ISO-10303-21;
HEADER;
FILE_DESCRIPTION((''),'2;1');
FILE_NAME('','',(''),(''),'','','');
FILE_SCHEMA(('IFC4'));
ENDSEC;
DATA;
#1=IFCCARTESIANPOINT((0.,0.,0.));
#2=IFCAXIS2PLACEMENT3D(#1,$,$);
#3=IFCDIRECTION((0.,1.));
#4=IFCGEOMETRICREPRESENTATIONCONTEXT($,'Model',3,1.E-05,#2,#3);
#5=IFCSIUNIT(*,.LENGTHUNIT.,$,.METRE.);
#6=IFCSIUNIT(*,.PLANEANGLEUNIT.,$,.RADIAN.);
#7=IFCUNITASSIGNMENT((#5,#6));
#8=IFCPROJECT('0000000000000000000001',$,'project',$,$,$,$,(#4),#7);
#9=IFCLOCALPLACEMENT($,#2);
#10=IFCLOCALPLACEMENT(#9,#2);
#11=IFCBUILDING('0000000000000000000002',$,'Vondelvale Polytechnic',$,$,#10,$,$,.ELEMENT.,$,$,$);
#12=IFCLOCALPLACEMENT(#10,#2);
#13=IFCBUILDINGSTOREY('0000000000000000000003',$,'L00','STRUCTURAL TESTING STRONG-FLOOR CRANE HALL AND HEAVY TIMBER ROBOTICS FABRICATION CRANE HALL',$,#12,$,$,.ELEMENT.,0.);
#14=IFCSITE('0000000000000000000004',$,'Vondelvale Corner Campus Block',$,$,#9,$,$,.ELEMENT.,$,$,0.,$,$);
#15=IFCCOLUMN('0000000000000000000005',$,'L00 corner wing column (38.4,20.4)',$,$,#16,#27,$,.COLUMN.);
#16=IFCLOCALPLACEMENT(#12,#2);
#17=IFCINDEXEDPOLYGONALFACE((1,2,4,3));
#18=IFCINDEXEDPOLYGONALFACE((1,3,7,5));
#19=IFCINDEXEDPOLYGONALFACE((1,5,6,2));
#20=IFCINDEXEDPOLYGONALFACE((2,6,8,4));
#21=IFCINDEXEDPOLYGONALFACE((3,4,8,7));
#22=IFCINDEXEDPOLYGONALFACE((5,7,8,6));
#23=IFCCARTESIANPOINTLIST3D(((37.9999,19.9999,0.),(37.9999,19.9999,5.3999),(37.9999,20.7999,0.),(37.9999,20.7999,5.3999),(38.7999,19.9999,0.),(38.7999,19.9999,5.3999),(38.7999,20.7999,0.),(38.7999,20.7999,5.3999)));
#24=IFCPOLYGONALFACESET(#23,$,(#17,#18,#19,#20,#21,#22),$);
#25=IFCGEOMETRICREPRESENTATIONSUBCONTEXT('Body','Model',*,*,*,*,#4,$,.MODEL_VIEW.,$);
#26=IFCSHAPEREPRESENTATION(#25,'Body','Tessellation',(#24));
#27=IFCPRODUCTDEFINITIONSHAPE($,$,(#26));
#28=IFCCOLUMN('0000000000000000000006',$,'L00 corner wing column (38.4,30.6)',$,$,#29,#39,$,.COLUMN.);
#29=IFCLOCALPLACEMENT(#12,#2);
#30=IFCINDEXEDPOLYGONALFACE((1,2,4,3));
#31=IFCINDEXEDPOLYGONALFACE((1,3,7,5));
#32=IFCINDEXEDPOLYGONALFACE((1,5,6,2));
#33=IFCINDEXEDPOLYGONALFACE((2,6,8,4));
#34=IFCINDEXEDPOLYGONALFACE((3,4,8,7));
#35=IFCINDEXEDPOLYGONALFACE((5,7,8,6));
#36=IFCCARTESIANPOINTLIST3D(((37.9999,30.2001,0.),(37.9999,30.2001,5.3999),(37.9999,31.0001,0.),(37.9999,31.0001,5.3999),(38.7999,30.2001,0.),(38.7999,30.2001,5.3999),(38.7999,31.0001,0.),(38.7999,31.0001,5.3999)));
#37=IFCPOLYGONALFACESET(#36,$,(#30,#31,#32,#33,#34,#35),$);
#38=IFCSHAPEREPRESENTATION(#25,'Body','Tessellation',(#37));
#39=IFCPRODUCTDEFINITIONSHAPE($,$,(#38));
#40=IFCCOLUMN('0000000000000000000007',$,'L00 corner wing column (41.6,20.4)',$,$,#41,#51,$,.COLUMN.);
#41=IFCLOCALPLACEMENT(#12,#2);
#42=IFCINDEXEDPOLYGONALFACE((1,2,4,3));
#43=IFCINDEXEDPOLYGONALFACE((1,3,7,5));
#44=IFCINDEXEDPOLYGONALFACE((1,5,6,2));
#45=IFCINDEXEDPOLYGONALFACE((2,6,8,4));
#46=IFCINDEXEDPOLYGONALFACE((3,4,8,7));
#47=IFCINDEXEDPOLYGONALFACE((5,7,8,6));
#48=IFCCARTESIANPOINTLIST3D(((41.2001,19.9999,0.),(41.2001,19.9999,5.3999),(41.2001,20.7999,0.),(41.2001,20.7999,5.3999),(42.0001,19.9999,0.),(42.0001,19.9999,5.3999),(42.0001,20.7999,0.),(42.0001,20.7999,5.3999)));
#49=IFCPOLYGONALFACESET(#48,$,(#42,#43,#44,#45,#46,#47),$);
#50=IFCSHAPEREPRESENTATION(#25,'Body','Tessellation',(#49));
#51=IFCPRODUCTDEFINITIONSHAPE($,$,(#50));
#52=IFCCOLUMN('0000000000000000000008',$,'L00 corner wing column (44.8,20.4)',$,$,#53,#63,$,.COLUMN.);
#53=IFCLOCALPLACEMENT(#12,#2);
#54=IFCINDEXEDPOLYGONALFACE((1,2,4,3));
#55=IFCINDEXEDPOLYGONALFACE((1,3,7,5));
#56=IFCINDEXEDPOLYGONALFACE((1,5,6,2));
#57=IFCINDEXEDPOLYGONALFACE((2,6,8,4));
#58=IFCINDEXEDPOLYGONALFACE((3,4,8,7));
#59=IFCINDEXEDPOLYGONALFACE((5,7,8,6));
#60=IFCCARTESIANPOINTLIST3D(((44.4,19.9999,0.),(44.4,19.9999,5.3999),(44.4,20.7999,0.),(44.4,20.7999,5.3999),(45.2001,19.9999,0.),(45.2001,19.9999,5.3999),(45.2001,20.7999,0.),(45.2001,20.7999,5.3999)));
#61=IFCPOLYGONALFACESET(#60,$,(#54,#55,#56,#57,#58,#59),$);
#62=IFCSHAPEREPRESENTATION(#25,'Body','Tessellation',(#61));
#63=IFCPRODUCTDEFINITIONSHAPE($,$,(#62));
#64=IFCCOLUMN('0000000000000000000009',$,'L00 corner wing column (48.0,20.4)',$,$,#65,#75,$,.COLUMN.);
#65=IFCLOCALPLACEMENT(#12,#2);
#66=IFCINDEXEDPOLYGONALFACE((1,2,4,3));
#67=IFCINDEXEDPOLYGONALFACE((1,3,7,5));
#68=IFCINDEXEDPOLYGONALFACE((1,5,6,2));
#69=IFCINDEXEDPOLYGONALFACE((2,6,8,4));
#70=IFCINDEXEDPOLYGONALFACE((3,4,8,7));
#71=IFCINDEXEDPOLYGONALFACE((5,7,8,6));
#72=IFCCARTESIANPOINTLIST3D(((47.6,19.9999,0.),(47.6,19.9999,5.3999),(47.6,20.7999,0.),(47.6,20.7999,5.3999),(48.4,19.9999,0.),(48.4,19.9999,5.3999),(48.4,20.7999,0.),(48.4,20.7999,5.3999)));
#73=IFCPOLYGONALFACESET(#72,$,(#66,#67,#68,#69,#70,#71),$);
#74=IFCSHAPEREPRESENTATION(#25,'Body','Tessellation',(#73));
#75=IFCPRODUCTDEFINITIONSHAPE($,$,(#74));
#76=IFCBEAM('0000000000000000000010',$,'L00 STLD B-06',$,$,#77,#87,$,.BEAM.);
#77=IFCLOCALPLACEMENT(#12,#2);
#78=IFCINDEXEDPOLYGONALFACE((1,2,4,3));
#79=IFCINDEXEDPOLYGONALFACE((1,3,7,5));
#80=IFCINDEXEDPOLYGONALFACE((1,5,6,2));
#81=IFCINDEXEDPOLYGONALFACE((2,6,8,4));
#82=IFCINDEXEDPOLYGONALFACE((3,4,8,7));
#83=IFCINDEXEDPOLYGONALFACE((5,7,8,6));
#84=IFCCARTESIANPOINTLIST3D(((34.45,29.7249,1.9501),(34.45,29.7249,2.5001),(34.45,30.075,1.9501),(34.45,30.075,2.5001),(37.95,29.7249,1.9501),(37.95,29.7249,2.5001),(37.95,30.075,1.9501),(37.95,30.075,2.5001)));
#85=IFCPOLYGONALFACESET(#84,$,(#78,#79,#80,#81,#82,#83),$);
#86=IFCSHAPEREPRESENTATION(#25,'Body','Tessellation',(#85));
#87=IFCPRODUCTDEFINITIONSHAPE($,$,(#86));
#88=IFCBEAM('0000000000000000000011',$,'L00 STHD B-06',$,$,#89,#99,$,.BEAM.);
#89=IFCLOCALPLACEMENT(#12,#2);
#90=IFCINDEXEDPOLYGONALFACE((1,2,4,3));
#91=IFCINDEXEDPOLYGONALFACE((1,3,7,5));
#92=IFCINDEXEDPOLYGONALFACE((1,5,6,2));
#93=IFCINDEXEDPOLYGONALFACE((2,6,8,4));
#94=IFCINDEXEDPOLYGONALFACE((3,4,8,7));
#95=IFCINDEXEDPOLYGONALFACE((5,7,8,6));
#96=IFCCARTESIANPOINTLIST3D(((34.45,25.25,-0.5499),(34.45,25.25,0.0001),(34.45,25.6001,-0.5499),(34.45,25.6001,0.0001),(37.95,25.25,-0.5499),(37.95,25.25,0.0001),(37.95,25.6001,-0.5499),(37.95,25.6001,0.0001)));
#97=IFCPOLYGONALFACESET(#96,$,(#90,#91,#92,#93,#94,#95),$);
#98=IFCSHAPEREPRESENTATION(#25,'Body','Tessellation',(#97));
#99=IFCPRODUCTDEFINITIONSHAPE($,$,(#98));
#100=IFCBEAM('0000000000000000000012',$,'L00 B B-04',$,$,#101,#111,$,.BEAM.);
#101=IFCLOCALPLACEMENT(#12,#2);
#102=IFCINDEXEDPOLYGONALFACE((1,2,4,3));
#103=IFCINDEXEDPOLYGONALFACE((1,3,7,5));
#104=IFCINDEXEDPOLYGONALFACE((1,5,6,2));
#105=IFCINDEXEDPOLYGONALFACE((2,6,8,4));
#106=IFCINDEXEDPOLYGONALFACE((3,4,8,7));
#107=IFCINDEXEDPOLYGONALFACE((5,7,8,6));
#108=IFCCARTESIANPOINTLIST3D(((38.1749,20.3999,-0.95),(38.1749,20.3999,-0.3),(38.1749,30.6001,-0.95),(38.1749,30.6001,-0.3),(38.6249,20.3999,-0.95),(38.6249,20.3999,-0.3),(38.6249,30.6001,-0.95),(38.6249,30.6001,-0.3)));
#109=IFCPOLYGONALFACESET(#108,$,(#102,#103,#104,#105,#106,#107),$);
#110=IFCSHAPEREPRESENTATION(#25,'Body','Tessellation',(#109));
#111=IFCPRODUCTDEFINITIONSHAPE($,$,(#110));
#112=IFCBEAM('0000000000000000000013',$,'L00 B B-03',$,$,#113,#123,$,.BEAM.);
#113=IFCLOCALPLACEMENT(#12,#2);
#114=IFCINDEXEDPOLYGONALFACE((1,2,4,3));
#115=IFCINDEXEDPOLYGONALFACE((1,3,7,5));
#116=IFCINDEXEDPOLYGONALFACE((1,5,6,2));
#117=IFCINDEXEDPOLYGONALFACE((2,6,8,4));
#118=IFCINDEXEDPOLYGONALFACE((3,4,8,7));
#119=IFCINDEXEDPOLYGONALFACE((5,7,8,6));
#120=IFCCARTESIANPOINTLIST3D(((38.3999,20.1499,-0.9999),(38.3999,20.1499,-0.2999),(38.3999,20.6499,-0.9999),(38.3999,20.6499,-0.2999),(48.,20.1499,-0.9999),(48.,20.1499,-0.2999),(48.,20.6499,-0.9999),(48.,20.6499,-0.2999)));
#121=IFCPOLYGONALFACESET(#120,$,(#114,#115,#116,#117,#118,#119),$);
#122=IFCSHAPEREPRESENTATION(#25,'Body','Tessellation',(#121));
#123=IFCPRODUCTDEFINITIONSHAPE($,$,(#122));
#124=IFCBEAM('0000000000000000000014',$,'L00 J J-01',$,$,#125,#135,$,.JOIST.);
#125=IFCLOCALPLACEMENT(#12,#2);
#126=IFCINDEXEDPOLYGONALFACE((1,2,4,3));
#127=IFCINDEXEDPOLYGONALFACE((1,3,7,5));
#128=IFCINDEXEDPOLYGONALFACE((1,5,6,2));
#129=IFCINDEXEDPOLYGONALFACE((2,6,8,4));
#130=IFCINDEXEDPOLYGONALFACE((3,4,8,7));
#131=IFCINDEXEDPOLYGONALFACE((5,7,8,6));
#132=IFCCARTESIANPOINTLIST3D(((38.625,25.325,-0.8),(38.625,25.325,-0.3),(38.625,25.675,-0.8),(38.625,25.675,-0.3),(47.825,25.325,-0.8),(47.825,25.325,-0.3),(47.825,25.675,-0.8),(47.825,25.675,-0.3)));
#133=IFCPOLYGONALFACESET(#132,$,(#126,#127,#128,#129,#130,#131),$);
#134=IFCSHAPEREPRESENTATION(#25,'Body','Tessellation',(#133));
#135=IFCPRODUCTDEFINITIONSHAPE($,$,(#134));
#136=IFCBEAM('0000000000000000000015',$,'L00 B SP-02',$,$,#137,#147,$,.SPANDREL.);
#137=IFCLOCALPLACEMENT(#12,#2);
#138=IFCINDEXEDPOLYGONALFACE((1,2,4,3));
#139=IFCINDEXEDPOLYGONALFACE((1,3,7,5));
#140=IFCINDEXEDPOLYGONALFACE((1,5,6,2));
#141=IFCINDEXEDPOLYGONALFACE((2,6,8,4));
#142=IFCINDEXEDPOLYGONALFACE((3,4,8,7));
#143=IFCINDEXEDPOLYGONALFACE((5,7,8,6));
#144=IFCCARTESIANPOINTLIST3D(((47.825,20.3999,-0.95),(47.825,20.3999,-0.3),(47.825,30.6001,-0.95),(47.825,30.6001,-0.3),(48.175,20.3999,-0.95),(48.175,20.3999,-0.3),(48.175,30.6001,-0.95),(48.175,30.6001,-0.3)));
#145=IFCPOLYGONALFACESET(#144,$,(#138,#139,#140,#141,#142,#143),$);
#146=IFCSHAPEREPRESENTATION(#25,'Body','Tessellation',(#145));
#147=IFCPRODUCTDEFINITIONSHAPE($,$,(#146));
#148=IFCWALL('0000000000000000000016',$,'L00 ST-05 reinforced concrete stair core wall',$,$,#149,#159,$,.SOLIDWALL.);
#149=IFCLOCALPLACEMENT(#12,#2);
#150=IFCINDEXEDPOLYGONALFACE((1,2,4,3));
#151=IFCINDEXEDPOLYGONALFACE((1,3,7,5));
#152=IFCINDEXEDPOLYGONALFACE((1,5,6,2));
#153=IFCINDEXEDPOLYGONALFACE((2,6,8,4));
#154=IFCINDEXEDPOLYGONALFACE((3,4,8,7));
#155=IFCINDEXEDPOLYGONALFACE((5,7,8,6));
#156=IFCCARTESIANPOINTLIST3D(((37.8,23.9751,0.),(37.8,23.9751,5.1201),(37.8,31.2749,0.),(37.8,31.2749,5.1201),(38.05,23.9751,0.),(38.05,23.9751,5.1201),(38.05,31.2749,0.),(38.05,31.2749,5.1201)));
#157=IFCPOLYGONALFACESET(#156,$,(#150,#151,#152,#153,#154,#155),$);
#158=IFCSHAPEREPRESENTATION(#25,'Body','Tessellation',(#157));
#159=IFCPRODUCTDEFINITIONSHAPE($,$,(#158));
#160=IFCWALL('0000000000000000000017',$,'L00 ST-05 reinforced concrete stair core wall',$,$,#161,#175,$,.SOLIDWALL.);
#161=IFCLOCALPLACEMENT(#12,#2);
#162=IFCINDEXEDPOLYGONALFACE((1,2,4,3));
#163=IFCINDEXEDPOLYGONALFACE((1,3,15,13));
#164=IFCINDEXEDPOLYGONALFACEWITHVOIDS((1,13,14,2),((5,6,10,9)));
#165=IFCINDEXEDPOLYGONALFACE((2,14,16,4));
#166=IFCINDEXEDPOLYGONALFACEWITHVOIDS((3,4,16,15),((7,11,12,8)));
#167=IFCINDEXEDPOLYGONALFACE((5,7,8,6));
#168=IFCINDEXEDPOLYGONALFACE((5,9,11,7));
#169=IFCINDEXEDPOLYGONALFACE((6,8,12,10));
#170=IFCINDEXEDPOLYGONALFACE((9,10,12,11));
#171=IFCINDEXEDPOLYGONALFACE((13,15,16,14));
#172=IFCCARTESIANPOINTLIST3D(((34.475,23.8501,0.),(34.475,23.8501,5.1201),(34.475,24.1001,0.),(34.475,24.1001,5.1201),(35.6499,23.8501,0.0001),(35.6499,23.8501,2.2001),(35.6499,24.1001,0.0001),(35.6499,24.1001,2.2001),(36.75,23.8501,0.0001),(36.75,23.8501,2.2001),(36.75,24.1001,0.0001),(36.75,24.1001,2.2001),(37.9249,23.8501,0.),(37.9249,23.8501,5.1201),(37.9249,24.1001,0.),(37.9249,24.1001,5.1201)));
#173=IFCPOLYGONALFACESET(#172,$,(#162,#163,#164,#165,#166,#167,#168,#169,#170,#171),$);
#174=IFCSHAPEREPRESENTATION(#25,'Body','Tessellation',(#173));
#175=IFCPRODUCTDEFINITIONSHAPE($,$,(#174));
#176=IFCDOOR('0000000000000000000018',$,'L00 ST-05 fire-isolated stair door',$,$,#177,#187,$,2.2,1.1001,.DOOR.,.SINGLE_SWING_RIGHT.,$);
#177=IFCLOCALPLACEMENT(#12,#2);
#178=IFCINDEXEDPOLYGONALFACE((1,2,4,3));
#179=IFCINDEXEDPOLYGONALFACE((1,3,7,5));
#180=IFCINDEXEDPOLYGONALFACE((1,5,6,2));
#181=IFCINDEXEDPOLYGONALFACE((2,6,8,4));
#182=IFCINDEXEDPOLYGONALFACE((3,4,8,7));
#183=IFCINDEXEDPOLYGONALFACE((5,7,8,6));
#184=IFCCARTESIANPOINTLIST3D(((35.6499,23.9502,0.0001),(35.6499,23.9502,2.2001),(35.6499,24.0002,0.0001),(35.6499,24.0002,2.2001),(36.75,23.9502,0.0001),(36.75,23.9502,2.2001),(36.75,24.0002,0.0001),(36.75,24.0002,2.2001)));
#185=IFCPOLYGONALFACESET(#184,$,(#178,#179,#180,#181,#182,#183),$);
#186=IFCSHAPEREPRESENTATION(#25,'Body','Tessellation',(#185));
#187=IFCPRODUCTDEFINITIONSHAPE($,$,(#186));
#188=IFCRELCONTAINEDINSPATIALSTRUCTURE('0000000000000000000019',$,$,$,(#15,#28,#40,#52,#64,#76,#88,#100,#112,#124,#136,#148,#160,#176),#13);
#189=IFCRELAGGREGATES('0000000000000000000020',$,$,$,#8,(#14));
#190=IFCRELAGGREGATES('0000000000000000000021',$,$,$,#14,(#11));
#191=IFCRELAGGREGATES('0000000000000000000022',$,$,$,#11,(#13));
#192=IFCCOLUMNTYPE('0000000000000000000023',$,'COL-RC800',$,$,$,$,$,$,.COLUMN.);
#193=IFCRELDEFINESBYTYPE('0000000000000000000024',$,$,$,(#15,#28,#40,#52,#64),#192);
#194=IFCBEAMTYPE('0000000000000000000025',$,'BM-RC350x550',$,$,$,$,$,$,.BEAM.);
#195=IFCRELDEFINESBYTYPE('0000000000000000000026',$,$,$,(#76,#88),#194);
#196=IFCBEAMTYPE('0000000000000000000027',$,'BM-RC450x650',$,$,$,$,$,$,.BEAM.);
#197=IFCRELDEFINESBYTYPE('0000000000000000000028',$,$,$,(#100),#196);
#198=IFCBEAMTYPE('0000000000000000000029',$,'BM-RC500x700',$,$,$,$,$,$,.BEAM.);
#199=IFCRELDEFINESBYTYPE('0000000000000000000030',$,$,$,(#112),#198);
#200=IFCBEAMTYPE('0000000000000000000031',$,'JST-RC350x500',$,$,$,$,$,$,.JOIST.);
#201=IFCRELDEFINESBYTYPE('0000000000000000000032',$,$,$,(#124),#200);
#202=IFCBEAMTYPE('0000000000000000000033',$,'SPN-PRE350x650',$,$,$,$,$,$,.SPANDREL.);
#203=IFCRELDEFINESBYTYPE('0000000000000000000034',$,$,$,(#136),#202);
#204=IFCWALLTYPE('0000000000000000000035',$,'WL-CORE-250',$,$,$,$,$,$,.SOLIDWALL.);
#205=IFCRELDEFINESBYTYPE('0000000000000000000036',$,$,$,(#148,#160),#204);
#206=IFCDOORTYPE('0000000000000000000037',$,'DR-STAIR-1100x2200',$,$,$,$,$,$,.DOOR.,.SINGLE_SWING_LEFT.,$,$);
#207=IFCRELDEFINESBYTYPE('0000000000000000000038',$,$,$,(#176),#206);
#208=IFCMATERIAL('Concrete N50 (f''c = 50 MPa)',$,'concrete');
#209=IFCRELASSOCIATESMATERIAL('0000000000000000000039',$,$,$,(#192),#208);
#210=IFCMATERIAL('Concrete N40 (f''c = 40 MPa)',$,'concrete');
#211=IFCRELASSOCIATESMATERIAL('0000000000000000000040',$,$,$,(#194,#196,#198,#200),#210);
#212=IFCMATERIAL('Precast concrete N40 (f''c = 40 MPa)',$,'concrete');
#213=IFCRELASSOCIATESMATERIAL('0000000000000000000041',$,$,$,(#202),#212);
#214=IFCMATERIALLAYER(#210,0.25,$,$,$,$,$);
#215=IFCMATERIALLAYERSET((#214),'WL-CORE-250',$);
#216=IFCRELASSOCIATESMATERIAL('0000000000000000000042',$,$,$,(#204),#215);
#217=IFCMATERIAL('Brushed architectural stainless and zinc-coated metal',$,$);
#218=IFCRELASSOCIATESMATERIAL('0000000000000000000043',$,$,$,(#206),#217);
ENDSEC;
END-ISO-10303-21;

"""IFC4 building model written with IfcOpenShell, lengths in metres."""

from ifc_helpers import new_model, si_unit, direction, frame, frame_2d, origin, origin_2d, place, context, subcontext, project, spatial, rectangle, extrude, material, layer, layer_set, material_profile, profile_set, type_object, element, fill, save


model = new_model("IFC4")

# Units and contexts
model_context = context("Model", 3, precision=1e-05, world=origin(), true_north=direction((0.0, 1.0)))
body_context = subcontext(model_context, "Body", "Model", "MODEL_VIEW")
ifc_project = project(units=[si_unit("LENGTHUNIT", "METRE"), si_unit("PLANEANGLEUNIT", "RADIAN")], contexts=[model_context])

# Site, building, storey
site_placement = place(None, origin())
site = spatial("IfcSite", under=ifc_project, at=site_placement, Name="Vondelvale Corner Campus Block", CompositionType="ELEMENT", RefElevation=0.0)
building_placement = place(site_placement, origin())
building = spatial("IfcBuilding", under=site, at=building_placement, Name="Vondelvale Polytechnic", CompositionType="ELEMENT")
storey_placement = place(building_placement, origin())
storey = spatial("IfcBuildingStorey", under=building, at=storey_placement, Name="L00", Description="STRUCTURAL TESTING STRONG-FLOOR CRANE HALL AND HEAVY TIMBER ROBOTICS FABRICATION CRANE HALL", CompositionType="ELEMENT", Elevation=0.0)

# Columns
ifc_material_1 = material(Name="Concrete N50 (f'c = 50 MPa)", Category="concrete")
ifc_material_profile_1 = material_profile(ifc_material_1, rectangle(XDim=0.8, YDim=0.8, at=origin_2d()), Name="RC-COL-800x800")
ifc_profile_set_1 = profile_set([ifc_material_profile_1], Name="Concrete N50 (f'c = 50 MPa)")
column_type = type_object("IfcColumnType", Name="COL-RC800", PredefinedType="COLUMN", material=ifc_profile_set_1)
for number, where, z_axis, x_axis, name in (
    (1, (38.3999, 20.3999, 0.0), (0.0, 0.0, 1.0), (1.0, 0.0, 0.0), "L00 corner wing column (38.4,20.4)"),
    (2, (38.3999, 30.6001, 0.0), (0.0, 0.0, 1.0), (1.0, 0.0, 0.0), "L00 corner wing column (38.4,30.6)"),
    (3, (41.6001, 20.3999, 0.0), (0.0, 0.0, 1.0), (1.0, 0.0, 0.0), "L00 corner wing column (41.6,20.4)"),
    (4, (44.8, 20.3999, 0.0), (0.0, 0.0, 1.0), (1.0, 0.0, 0.0), "L00 corner wing column (44.8,20.4)"),
    (5, (48.0, 20.3999, 0.0), (0.0, 0.0, 1.0), (1.0, 0.0, 0.0), "L00 corner wing column (48.0,20.4)"),
):
    element("IfcColumn", number, at=place(storey_placement, frame(where, z_axis=z_axis, x_axis=x_axis)), inside=storey, type_object=column_type, Name=name, PredefinedType="COLUMN", context=body_context, shape_type="SweptSolid", body=[
        extrude(rectangle(XDim=0.8, YDim=0.8, at=origin_2d()), origin(), (0.0, 0.0, 1.0), 5.3999),
    ])

# Beams
ifc_material_2 = material(Name="Concrete N40 (f'c = 40 MPa)", Category="concrete")
ifc_material_profile_2 = material_profile(ifc_material_2, rectangle(XDim=0.3501, YDim=0.55, at=origin_2d()), Name="RC-BM-350x550")
ifc_profile_set_2 = profile_set([ifc_material_profile_2], Name="Concrete N40 (f'c = 40 MPa)")
beam_type_1 = type_object("IfcBeamType", Name="BM-RC350x550", PredefinedType="BEAM", material=ifc_profile_set_2)
for number, where, z_axis, x_axis, name in (
    (6, (37.95, 29.8999, 2.2251), (-1.0, 0.0, 0.0), (0.0, -1.0, 0.0), "L00 STLD B-06"),
    (7, (37.95, 25.425, -0.2749), (-1.0, 0.0, 0.0), (0.0, -1.0, 0.0), "L00 STHD B-06"),
):
    element("IfcBeam", number, at=place(storey_placement, frame(where, z_axis=z_axis, x_axis=x_axis)), inside=storey, type_object=beam_type_1, Name=name, PredefinedType="BEAM", context=body_context, shape_type="SweptSolid", body=[
        extrude(rectangle(XDim=0.3501, YDim=0.55, at=origin_2d()), origin(), (0.0, 0.0, 1.0), 3.5),
    ])
ifc_material_profile_3 = material_profile(ifc_material_2, rectangle(XDim=0.45, YDim=0.6499, at=origin_2d()), Name="RC-BM-450x650")
ifc_profile_set_3 = profile_set([ifc_material_profile_3], Name="Concrete N40 (f'c = 40 MPa)")
beam_type_2 = type_object("IfcBeamType", Name="BM-RC450x650", PredefinedType="BEAM", material=ifc_profile_set_3)
beam_1_placement = place(storey_placement, frame((38.3999, 20.3999, -0.625), z_axis=(0.0, 1.0, 0.0), x_axis=(-1.0, 0.0, 0.0)))
element("IfcBeam", 8, at=beam_1_placement, inside=storey, type_object=beam_type_2, Name="L00 B B-04", PredefinedType="BEAM", context=body_context, shape_type="SweptSolid", body=[
    extrude(rectangle(XDim=0.45, YDim=0.6499, at=origin_2d()), origin(), (0.0, 0.0, 1.0), 10.2002),
])
ifc_material_profile_4 = material_profile(ifc_material_2, rectangle(XDim=0.5, YDim=0.7, at=origin_2d()), Name="RC-BM-500x700")
ifc_profile_set_4 = profile_set([ifc_material_profile_4], Name="Concrete N40 (f'c = 40 MPa)")
beam_type_3 = type_object("IfcBeamType", Name="BM-RC500x700", PredefinedType="BEAM", material=ifc_profile_set_4)
beam_2_placement = place(storey_placement, frame((38.3999, 20.3999, -0.6499), z_axis=(1.0, 0.0, 0.0), x_axis=(0.0, 1.0, 0.0)))
element("IfcBeam", 9, at=beam_2_placement, inside=storey, type_object=beam_type_3, Name="L00 B B-03", PredefinedType="BEAM", context=body_context, shape_type="SweptSolid", body=[
    extrude(rectangle(XDim=0.5, YDim=0.7, at=origin_2d()), origin(), (0.0, 0.0, 1.0), 9.6001),
])
ifc_material_profile_5 = material_profile(ifc_material_2, rectangle(XDim=0.3501, YDim=0.5, at=origin_2d()), Name="RC-JST-350x500")
ifc_profile_set_5 = profile_set([ifc_material_profile_5], Name="Concrete N40 (f'c = 40 MPa)")
beam_type_4 = type_object("IfcBeamType", Name="JST-RC350x500", PredefinedType="JOIST", material=ifc_profile_set_5)
beam_3_placement = place(storey_placement, frame((38.625, 25.5, -0.55), z_axis=(1.0, 0.0, 0.0), x_axis=(0.0, 1.0, 0.0)))
element("IfcBeam", 10, at=beam_3_placement, inside=storey, type_object=beam_type_4, Name="L00 J J-01", PredefinedType="JOIST", context=body_context, shape_type="SweptSolid", body=[
    extrude(rectangle(XDim=0.3501, YDim=0.5, at=origin_2d()), origin(), (0.0, 0.0, 1.0), 9.2),
])
ifc_material_3 = material(Name="Precast concrete N40 (f'c = 40 MPa)", Category="concrete")
ifc_material_profile_6 = material_profile(ifc_material_3, rectangle(XDim=0.3501, YDim=0.6499, at=origin_2d()), Name="RC-SPN-350x650")
ifc_profile_set_6 = profile_set([ifc_material_profile_6], Name="Precast concrete N40 (f'c = 40 MPa)")
beam_type_5 = type_object("IfcBeamType", Name="SPN-PRE350x650", PredefinedType="SPANDREL", material=ifc_profile_set_6)
beam_4_placement = place(storey_placement, frame((48.0, 20.3999, -0.625), z_axis=(0.0, 1.0, 0.0), x_axis=(-1.0, 0.0, 0.0)))
element("IfcBeam", 11, at=beam_4_placement, inside=storey, type_object=beam_type_5, Name="L00 B SP-02", PredefinedType="SPANDREL", context=body_context, shape_type="SweptSolid", body=[
    extrude(rectangle(XDim=0.3501, YDim=0.6499, at=origin_2d()), origin(), (0.0, 0.0, 1.0), 10.2002),
])

# Wall
ifc_layer_1 = layer(ifc_material_2, 0.25)
ifc_layer_set_1 = layer_set([ifc_layer_1], Name="WL-CORE-250")
wall_type_1 = type_object("IfcWallType", Name="WL-CORE-250", PredefinedType="SOLIDWALL", material=ifc_layer_set_1)
wall_1_placement = place(storey_placement, frame((37.925, 23.9751, 0.0), z_axis=(0.0, 0.0, 1.0), x_axis=(0.0, 1.0, 0.0)))
element("IfcWall", 12, at=wall_1_placement, inside=storey, type_object=wall_type_1, Name="L00 ST-05 reinforced concrete stair core wall", PredefinedType="SOLIDWALL", context=body_context, shape_type="SweptSolid", body=[
    extrude(rectangle(XDim=7.2998, YDim=0.25, at=frame_2d((3.6499, 0.0))), origin(), (0.0, 0.0, 1.0), 5.1201),
])

# Wall, opening, door
wall_2_placement = place(storey_placement, frame((37.925, 23.9751, 0.0), z_axis=(0.0, 0.0, 1.0), x_axis=(-1.0, 0.0, 0.0)))
wall_2 = element("IfcWall", 13, at=wall_2_placement, inside=storey, type_object=wall_type_1, Name="L00 ST-05 reinforced concrete stair core wall", PredefinedType="SOLIDWALL", context=body_context, shape_type="SweptSolid", body=[
    extrude(rectangle(XDim=3.45, YDim=0.25, at=frame_2d((1.7251, 0.0))), origin(), (0.0, 0.0, 1.0), 5.1201),
])
opening_1_placement = place(wall_2_placement, frame((1.175, 0.0, 0.0)))
opening_1 = element("IfcOpeningElement", 14, at=opening_1_placement, cuts=wall_2, PredefinedType="OPENING", context=body_context, shape_type="SweptSolid", body=[
    extrude(rectangle(XDim=1.1001, YDim=2.2, at=frame_2d((0.55, 1.1001))), frame((0.0, 0.135, 0.0), z_axis=(0.0, -1.0, 0.0), x_axis=(1.0, 0.0, 0.0)), (0.0, 0.0, 1.0), 0.27),
])
ifc_material_4 = material(Name="Brushed architectural stainless and zinc-coated metal")
door_type_1 = type_object("IfcDoorType", Name="DR-STAIR-1100x2200", OperationType="SINGLE_SWING_LEFT", PredefinedType="DOOR", material=ifc_material_4)
door_1_placement = place(opening_1_placement, origin())
door_1 = element("IfcDoor", 15, at=door_1_placement, inside=storey, type_object=door_type_1, Name="L00 ST-05 fire-isolated stair door", OperationType="SINGLE_SWING_RIGHT", OverallHeight=2.2, OverallWidth=1.1001, PredefinedType="DOOR", context=body_context, shape_type="SweptSolid", body=[
    extrude(rectangle(XDim=1.1001, YDim=2.2, at=frame_2d((0.55, 1.1001))), frame((0.0, 0.0249, 0.0), z_axis=(0.0, -1.0, 0.0), x_axis=(1.0, 0.0, 0.0)), (0.0, 0.0, 1.0), 0.05),
])
fill(opening_1, door_1)

save(model, "model.ifc")
